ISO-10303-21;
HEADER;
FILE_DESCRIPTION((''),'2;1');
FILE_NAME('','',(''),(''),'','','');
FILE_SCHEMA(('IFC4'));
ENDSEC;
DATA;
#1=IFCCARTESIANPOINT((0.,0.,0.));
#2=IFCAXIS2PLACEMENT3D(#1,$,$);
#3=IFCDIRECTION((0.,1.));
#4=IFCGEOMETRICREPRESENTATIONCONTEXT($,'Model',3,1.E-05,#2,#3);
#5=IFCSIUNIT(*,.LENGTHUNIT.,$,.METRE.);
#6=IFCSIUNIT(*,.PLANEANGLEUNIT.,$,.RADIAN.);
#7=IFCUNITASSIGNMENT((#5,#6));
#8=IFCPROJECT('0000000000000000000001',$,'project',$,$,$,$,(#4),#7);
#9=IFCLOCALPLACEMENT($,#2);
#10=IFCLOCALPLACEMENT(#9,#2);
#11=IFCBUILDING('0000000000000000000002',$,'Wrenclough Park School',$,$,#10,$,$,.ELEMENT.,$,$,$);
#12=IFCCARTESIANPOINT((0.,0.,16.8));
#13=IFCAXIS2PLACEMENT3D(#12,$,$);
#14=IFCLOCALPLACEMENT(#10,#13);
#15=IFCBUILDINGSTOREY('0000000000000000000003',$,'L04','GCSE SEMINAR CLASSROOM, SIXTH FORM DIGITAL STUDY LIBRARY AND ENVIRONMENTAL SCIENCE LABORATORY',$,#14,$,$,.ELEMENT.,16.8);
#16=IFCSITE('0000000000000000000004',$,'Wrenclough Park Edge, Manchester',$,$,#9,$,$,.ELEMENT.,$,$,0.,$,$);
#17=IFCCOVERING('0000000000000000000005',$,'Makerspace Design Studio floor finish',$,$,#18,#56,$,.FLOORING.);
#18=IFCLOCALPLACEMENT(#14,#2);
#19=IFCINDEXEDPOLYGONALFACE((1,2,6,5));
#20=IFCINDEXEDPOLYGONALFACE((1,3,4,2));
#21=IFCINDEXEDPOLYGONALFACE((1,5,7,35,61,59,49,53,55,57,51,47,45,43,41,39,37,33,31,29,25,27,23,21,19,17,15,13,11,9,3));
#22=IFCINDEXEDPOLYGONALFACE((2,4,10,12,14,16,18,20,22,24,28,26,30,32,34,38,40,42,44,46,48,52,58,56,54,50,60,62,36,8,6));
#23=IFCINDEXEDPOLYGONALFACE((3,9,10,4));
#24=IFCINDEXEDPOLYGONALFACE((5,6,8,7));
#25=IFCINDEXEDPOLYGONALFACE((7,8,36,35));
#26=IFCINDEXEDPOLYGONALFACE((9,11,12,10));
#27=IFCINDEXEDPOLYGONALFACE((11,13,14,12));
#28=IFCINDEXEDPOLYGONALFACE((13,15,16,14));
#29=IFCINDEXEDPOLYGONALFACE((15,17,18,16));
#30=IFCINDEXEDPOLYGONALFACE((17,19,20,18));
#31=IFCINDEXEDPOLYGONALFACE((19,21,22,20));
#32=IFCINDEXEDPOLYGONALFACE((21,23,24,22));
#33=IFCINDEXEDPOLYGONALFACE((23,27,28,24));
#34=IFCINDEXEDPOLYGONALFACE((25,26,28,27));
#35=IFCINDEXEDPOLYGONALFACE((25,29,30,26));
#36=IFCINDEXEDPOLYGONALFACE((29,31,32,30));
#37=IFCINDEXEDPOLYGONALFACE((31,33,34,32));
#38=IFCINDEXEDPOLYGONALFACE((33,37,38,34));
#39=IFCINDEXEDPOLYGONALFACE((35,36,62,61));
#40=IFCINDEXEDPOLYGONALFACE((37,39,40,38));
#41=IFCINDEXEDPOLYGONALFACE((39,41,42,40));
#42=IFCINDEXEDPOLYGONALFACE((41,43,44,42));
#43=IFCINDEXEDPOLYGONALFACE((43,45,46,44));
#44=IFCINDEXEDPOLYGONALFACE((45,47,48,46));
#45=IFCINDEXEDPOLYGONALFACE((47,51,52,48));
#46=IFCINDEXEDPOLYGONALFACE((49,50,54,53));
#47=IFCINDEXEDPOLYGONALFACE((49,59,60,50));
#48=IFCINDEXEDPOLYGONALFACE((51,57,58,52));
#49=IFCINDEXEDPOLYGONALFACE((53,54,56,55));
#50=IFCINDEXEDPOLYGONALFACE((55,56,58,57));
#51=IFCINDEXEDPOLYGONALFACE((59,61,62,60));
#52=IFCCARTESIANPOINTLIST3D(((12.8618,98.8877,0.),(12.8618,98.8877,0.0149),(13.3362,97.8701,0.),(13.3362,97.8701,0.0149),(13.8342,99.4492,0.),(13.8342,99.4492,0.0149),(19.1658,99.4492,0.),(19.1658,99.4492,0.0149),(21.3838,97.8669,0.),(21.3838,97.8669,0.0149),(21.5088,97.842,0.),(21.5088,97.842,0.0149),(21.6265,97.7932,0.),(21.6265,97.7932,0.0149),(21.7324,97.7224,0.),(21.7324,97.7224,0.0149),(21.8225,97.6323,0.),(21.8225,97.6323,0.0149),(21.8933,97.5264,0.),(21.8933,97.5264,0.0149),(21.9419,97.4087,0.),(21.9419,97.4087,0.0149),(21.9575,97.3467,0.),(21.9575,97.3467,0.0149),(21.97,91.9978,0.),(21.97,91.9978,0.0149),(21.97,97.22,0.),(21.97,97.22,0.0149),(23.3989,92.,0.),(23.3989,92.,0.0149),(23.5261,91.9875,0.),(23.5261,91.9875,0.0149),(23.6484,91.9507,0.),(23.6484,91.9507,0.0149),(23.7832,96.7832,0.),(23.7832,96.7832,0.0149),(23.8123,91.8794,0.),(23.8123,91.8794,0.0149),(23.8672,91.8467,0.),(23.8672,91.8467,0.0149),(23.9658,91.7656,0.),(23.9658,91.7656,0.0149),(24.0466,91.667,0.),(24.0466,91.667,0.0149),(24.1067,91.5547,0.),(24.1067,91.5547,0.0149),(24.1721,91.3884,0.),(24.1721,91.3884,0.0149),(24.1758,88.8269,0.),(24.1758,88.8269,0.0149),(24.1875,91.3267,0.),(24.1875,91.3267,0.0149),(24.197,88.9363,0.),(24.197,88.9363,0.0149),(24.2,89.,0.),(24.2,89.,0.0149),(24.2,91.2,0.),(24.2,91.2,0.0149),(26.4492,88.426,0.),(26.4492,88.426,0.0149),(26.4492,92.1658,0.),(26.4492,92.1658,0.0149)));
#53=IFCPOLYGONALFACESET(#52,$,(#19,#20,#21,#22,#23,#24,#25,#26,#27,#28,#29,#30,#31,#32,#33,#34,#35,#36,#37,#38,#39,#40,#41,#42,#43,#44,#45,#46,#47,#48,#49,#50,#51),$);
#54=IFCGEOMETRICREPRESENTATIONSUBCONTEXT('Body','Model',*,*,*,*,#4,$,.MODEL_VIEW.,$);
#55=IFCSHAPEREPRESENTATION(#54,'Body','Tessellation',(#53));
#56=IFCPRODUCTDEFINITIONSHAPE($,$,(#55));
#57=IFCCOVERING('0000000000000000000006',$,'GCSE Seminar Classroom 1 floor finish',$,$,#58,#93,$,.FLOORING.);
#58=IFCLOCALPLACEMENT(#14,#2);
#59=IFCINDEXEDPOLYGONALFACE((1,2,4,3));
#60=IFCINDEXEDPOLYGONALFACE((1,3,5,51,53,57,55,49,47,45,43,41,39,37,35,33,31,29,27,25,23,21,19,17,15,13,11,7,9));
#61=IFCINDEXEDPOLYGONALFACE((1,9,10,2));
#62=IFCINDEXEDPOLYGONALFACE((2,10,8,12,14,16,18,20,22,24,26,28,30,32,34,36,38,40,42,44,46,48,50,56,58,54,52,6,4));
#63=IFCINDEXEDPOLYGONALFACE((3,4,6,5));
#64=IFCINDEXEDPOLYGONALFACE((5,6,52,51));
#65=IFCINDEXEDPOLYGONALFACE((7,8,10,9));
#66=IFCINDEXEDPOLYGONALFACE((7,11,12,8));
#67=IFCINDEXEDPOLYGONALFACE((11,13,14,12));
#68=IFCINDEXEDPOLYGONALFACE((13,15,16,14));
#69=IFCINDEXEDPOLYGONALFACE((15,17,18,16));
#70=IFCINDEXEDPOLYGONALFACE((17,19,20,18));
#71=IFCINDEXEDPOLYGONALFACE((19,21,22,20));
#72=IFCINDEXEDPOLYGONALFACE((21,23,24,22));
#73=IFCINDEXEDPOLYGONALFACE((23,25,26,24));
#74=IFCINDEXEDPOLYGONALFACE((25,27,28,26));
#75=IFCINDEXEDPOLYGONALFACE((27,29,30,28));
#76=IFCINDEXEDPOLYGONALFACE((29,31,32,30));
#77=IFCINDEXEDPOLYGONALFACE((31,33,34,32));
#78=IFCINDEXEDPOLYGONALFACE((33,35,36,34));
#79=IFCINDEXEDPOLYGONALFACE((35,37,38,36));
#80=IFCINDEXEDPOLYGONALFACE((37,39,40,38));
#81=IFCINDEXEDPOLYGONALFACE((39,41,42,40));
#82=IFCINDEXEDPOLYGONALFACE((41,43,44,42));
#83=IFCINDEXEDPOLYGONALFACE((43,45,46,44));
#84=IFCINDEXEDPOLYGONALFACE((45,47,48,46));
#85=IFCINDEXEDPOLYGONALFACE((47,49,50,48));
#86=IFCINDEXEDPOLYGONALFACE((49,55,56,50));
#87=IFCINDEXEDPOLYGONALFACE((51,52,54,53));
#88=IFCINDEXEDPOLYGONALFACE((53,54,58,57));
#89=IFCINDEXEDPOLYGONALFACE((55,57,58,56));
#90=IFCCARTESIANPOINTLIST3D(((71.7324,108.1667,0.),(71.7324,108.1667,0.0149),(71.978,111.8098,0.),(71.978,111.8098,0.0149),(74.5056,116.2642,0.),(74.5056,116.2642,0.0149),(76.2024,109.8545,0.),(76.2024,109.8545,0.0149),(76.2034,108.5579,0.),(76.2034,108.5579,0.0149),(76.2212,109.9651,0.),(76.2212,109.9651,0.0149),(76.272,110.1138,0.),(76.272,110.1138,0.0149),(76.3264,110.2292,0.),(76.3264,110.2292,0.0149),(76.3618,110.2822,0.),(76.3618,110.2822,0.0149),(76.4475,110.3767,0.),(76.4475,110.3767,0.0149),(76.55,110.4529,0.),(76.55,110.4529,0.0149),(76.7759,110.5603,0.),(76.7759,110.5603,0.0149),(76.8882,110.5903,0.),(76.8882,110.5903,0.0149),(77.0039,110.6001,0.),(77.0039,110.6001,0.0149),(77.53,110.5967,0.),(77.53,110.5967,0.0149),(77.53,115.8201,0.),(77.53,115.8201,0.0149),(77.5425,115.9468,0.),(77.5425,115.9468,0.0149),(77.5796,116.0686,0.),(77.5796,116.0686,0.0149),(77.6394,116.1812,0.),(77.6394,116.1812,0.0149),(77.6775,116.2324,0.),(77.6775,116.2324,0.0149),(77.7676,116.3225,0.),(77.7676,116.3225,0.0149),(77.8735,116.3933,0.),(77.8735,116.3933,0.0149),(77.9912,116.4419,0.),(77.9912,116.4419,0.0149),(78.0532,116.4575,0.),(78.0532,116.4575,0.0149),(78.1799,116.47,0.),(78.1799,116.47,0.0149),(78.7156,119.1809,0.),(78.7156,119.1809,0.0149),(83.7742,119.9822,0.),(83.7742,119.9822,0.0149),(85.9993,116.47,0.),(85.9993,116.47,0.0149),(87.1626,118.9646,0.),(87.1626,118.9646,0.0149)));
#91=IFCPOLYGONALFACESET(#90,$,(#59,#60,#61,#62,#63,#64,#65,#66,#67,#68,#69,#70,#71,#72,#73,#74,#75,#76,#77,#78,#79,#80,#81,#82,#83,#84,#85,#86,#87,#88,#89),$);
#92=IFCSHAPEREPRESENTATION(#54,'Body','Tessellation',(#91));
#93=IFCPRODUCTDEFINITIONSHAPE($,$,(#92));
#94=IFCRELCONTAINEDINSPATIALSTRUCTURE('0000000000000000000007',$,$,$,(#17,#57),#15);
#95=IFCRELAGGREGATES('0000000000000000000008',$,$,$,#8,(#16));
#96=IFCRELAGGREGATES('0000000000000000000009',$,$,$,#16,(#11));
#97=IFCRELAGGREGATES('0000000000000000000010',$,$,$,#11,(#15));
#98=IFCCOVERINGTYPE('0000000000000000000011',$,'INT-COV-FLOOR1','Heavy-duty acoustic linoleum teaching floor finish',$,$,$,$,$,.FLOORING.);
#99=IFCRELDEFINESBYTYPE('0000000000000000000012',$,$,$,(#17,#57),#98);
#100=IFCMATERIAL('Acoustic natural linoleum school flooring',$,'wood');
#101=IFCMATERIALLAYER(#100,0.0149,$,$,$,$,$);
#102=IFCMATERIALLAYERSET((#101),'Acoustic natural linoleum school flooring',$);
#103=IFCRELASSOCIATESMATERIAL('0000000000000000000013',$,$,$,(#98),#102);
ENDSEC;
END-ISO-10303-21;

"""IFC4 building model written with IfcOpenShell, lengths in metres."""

from ifc_helpers import new_model, si_unit, direction, frame, origin, place, context, subcontext, project, spatial, polyline, outline, extrude, material, layer, layer_set, type_object, element, save


model = new_model("IFC4")

# Units and contexts
model_context = context("Model", 3, precision=1e-05, world=origin(), true_north=direction((0.0, 1.0)))
body_context = subcontext(model_context, "Body", "Model", "MODEL_VIEW")
ifc_project = project(units=[si_unit("LENGTHUNIT", "METRE"), si_unit("PLANEANGLEUNIT", "RADIAN")], contexts=[model_context])

# Site, building, storey
site_placement = place(None, origin())
site = spatial("IfcSite", under=ifc_project, at=site_placement, Name="Wrenclough Park Edge, Manchester", CompositionType="ELEMENT", RefElevation=0.0)
building_placement = place(site_placement, origin())
building = spatial("IfcBuilding", under=site, at=building_placement, Name="Wrenclough Park School", CompositionType="ELEMENT")
storey_placement = place(building_placement, frame((0.0, 0.0, 16.8)))
storey = spatial("IfcBuildingStorey", under=building, at=storey_placement, Name="L04", Description="GCSE SEMINAR CLASSROOM, SIXTH FORM DIGITAL STUDY LIBRARY AND ENVIRONMENTAL SCIENCE LABORATORY", CompositionType="ELEMENT", Elevation=16.8)

# Coverings
ifc_material_1 = material(Name="Acoustic natural linoleum school flooring", Category="wood")
ifc_layer_1 = layer(ifc_material_1, 0.0149)
ifc_layer_set_1 = layer_set([ifc_layer_1], Name="Acoustic natural linoleum school flooring")
covering_type_1 = type_object("IfcCoveringType", Name="INT-COV-FLOOR1", Description="Heavy-duty acoustic linoleum teaching floor finish", PredefinedType="FLOORING", material=ifc_layer_set_1)
covering_1_placement = place(storey_placement, origin())
element("IfcCovering", 1, at=covering_1_placement, inside=storey, type_object=covering_type_1, Name="Makerspace Design Studio floor finish", PredefinedType="FLOORING", context=body_context, shape_type="SweptSolid", body=[
    extrude(outline(polyline([(21.97, 97.22), (21.97, 91.9978), (23.3989, 92.0), (23.5261, 91.9875), (23.6484, 91.9507), (23.8123, 91.8794), (23.8672, 91.8467), (23.9658, 91.7656), (24.0466, 91.667), (24.1067, 91.5547), (24.1721, 91.3884), (24.1875, 91.3267), (24.2, 91.2), (24.2, 89.0), (24.197, 88.9363), (24.1758, 88.8269), (26.4492, 88.426), (26.4492, 92.1658), (23.7832, 96.7832), (19.1658, 99.4492), (13.8342, 99.4492), (12.8618, 98.8877), (13.3362, 97.8701), (21.3838, 97.8669), (21.5088, 97.842), (21.6265, 97.7932), (21.7324, 97.7224), (21.8225, 97.6323), (21.8933, 97.5264), (21.9419, 97.4087), (21.9575, 97.3467), (21.97, 97.22)])), origin(), (0.0, 0.0, 1.0), 0.0149),
])
covering_2_placement = place(storey_placement, origin())
element("IfcCovering", 2, at=covering_2_placement, inside=storey, type_object=covering_type_1, Name="GCSE Seminar Classroom 1 floor finish", PredefinedType="FLOORING", context=body_context, shape_type="SweptSolid", body=[
    extrude(outline(polyline([(77.0039, 110.6001), (77.53, 110.5967), (77.53, 115.8201), (77.5425, 115.9468), (77.5796, 116.0686), (77.6394, 116.1812), (77.6775, 116.2324), (77.7676, 116.3225), (77.8735, 116.3933), (77.9912, 116.4419), (78.0532, 116.4575), (78.1799, 116.47), (85.9993, 116.47), (87.1626, 118.9646), (83.7742, 119.9822), (78.7156, 119.1809), (74.5056, 116.2642), (71.978, 111.8098), (71.7324, 108.1667), (76.2034, 108.5579), (76.2024, 109.8545), (76.2212, 109.9651), (76.272, 110.1138), (76.3264, 110.2292), (76.3618, 110.2822), (76.4475, 110.3767), (76.55, 110.4529), (76.7759, 110.5603), (76.8882, 110.5903), (77.0039, 110.6001)])), origin(), (0.0, 0.0, 1.0), 0.0149),
])

save(model, "model.ifc")
